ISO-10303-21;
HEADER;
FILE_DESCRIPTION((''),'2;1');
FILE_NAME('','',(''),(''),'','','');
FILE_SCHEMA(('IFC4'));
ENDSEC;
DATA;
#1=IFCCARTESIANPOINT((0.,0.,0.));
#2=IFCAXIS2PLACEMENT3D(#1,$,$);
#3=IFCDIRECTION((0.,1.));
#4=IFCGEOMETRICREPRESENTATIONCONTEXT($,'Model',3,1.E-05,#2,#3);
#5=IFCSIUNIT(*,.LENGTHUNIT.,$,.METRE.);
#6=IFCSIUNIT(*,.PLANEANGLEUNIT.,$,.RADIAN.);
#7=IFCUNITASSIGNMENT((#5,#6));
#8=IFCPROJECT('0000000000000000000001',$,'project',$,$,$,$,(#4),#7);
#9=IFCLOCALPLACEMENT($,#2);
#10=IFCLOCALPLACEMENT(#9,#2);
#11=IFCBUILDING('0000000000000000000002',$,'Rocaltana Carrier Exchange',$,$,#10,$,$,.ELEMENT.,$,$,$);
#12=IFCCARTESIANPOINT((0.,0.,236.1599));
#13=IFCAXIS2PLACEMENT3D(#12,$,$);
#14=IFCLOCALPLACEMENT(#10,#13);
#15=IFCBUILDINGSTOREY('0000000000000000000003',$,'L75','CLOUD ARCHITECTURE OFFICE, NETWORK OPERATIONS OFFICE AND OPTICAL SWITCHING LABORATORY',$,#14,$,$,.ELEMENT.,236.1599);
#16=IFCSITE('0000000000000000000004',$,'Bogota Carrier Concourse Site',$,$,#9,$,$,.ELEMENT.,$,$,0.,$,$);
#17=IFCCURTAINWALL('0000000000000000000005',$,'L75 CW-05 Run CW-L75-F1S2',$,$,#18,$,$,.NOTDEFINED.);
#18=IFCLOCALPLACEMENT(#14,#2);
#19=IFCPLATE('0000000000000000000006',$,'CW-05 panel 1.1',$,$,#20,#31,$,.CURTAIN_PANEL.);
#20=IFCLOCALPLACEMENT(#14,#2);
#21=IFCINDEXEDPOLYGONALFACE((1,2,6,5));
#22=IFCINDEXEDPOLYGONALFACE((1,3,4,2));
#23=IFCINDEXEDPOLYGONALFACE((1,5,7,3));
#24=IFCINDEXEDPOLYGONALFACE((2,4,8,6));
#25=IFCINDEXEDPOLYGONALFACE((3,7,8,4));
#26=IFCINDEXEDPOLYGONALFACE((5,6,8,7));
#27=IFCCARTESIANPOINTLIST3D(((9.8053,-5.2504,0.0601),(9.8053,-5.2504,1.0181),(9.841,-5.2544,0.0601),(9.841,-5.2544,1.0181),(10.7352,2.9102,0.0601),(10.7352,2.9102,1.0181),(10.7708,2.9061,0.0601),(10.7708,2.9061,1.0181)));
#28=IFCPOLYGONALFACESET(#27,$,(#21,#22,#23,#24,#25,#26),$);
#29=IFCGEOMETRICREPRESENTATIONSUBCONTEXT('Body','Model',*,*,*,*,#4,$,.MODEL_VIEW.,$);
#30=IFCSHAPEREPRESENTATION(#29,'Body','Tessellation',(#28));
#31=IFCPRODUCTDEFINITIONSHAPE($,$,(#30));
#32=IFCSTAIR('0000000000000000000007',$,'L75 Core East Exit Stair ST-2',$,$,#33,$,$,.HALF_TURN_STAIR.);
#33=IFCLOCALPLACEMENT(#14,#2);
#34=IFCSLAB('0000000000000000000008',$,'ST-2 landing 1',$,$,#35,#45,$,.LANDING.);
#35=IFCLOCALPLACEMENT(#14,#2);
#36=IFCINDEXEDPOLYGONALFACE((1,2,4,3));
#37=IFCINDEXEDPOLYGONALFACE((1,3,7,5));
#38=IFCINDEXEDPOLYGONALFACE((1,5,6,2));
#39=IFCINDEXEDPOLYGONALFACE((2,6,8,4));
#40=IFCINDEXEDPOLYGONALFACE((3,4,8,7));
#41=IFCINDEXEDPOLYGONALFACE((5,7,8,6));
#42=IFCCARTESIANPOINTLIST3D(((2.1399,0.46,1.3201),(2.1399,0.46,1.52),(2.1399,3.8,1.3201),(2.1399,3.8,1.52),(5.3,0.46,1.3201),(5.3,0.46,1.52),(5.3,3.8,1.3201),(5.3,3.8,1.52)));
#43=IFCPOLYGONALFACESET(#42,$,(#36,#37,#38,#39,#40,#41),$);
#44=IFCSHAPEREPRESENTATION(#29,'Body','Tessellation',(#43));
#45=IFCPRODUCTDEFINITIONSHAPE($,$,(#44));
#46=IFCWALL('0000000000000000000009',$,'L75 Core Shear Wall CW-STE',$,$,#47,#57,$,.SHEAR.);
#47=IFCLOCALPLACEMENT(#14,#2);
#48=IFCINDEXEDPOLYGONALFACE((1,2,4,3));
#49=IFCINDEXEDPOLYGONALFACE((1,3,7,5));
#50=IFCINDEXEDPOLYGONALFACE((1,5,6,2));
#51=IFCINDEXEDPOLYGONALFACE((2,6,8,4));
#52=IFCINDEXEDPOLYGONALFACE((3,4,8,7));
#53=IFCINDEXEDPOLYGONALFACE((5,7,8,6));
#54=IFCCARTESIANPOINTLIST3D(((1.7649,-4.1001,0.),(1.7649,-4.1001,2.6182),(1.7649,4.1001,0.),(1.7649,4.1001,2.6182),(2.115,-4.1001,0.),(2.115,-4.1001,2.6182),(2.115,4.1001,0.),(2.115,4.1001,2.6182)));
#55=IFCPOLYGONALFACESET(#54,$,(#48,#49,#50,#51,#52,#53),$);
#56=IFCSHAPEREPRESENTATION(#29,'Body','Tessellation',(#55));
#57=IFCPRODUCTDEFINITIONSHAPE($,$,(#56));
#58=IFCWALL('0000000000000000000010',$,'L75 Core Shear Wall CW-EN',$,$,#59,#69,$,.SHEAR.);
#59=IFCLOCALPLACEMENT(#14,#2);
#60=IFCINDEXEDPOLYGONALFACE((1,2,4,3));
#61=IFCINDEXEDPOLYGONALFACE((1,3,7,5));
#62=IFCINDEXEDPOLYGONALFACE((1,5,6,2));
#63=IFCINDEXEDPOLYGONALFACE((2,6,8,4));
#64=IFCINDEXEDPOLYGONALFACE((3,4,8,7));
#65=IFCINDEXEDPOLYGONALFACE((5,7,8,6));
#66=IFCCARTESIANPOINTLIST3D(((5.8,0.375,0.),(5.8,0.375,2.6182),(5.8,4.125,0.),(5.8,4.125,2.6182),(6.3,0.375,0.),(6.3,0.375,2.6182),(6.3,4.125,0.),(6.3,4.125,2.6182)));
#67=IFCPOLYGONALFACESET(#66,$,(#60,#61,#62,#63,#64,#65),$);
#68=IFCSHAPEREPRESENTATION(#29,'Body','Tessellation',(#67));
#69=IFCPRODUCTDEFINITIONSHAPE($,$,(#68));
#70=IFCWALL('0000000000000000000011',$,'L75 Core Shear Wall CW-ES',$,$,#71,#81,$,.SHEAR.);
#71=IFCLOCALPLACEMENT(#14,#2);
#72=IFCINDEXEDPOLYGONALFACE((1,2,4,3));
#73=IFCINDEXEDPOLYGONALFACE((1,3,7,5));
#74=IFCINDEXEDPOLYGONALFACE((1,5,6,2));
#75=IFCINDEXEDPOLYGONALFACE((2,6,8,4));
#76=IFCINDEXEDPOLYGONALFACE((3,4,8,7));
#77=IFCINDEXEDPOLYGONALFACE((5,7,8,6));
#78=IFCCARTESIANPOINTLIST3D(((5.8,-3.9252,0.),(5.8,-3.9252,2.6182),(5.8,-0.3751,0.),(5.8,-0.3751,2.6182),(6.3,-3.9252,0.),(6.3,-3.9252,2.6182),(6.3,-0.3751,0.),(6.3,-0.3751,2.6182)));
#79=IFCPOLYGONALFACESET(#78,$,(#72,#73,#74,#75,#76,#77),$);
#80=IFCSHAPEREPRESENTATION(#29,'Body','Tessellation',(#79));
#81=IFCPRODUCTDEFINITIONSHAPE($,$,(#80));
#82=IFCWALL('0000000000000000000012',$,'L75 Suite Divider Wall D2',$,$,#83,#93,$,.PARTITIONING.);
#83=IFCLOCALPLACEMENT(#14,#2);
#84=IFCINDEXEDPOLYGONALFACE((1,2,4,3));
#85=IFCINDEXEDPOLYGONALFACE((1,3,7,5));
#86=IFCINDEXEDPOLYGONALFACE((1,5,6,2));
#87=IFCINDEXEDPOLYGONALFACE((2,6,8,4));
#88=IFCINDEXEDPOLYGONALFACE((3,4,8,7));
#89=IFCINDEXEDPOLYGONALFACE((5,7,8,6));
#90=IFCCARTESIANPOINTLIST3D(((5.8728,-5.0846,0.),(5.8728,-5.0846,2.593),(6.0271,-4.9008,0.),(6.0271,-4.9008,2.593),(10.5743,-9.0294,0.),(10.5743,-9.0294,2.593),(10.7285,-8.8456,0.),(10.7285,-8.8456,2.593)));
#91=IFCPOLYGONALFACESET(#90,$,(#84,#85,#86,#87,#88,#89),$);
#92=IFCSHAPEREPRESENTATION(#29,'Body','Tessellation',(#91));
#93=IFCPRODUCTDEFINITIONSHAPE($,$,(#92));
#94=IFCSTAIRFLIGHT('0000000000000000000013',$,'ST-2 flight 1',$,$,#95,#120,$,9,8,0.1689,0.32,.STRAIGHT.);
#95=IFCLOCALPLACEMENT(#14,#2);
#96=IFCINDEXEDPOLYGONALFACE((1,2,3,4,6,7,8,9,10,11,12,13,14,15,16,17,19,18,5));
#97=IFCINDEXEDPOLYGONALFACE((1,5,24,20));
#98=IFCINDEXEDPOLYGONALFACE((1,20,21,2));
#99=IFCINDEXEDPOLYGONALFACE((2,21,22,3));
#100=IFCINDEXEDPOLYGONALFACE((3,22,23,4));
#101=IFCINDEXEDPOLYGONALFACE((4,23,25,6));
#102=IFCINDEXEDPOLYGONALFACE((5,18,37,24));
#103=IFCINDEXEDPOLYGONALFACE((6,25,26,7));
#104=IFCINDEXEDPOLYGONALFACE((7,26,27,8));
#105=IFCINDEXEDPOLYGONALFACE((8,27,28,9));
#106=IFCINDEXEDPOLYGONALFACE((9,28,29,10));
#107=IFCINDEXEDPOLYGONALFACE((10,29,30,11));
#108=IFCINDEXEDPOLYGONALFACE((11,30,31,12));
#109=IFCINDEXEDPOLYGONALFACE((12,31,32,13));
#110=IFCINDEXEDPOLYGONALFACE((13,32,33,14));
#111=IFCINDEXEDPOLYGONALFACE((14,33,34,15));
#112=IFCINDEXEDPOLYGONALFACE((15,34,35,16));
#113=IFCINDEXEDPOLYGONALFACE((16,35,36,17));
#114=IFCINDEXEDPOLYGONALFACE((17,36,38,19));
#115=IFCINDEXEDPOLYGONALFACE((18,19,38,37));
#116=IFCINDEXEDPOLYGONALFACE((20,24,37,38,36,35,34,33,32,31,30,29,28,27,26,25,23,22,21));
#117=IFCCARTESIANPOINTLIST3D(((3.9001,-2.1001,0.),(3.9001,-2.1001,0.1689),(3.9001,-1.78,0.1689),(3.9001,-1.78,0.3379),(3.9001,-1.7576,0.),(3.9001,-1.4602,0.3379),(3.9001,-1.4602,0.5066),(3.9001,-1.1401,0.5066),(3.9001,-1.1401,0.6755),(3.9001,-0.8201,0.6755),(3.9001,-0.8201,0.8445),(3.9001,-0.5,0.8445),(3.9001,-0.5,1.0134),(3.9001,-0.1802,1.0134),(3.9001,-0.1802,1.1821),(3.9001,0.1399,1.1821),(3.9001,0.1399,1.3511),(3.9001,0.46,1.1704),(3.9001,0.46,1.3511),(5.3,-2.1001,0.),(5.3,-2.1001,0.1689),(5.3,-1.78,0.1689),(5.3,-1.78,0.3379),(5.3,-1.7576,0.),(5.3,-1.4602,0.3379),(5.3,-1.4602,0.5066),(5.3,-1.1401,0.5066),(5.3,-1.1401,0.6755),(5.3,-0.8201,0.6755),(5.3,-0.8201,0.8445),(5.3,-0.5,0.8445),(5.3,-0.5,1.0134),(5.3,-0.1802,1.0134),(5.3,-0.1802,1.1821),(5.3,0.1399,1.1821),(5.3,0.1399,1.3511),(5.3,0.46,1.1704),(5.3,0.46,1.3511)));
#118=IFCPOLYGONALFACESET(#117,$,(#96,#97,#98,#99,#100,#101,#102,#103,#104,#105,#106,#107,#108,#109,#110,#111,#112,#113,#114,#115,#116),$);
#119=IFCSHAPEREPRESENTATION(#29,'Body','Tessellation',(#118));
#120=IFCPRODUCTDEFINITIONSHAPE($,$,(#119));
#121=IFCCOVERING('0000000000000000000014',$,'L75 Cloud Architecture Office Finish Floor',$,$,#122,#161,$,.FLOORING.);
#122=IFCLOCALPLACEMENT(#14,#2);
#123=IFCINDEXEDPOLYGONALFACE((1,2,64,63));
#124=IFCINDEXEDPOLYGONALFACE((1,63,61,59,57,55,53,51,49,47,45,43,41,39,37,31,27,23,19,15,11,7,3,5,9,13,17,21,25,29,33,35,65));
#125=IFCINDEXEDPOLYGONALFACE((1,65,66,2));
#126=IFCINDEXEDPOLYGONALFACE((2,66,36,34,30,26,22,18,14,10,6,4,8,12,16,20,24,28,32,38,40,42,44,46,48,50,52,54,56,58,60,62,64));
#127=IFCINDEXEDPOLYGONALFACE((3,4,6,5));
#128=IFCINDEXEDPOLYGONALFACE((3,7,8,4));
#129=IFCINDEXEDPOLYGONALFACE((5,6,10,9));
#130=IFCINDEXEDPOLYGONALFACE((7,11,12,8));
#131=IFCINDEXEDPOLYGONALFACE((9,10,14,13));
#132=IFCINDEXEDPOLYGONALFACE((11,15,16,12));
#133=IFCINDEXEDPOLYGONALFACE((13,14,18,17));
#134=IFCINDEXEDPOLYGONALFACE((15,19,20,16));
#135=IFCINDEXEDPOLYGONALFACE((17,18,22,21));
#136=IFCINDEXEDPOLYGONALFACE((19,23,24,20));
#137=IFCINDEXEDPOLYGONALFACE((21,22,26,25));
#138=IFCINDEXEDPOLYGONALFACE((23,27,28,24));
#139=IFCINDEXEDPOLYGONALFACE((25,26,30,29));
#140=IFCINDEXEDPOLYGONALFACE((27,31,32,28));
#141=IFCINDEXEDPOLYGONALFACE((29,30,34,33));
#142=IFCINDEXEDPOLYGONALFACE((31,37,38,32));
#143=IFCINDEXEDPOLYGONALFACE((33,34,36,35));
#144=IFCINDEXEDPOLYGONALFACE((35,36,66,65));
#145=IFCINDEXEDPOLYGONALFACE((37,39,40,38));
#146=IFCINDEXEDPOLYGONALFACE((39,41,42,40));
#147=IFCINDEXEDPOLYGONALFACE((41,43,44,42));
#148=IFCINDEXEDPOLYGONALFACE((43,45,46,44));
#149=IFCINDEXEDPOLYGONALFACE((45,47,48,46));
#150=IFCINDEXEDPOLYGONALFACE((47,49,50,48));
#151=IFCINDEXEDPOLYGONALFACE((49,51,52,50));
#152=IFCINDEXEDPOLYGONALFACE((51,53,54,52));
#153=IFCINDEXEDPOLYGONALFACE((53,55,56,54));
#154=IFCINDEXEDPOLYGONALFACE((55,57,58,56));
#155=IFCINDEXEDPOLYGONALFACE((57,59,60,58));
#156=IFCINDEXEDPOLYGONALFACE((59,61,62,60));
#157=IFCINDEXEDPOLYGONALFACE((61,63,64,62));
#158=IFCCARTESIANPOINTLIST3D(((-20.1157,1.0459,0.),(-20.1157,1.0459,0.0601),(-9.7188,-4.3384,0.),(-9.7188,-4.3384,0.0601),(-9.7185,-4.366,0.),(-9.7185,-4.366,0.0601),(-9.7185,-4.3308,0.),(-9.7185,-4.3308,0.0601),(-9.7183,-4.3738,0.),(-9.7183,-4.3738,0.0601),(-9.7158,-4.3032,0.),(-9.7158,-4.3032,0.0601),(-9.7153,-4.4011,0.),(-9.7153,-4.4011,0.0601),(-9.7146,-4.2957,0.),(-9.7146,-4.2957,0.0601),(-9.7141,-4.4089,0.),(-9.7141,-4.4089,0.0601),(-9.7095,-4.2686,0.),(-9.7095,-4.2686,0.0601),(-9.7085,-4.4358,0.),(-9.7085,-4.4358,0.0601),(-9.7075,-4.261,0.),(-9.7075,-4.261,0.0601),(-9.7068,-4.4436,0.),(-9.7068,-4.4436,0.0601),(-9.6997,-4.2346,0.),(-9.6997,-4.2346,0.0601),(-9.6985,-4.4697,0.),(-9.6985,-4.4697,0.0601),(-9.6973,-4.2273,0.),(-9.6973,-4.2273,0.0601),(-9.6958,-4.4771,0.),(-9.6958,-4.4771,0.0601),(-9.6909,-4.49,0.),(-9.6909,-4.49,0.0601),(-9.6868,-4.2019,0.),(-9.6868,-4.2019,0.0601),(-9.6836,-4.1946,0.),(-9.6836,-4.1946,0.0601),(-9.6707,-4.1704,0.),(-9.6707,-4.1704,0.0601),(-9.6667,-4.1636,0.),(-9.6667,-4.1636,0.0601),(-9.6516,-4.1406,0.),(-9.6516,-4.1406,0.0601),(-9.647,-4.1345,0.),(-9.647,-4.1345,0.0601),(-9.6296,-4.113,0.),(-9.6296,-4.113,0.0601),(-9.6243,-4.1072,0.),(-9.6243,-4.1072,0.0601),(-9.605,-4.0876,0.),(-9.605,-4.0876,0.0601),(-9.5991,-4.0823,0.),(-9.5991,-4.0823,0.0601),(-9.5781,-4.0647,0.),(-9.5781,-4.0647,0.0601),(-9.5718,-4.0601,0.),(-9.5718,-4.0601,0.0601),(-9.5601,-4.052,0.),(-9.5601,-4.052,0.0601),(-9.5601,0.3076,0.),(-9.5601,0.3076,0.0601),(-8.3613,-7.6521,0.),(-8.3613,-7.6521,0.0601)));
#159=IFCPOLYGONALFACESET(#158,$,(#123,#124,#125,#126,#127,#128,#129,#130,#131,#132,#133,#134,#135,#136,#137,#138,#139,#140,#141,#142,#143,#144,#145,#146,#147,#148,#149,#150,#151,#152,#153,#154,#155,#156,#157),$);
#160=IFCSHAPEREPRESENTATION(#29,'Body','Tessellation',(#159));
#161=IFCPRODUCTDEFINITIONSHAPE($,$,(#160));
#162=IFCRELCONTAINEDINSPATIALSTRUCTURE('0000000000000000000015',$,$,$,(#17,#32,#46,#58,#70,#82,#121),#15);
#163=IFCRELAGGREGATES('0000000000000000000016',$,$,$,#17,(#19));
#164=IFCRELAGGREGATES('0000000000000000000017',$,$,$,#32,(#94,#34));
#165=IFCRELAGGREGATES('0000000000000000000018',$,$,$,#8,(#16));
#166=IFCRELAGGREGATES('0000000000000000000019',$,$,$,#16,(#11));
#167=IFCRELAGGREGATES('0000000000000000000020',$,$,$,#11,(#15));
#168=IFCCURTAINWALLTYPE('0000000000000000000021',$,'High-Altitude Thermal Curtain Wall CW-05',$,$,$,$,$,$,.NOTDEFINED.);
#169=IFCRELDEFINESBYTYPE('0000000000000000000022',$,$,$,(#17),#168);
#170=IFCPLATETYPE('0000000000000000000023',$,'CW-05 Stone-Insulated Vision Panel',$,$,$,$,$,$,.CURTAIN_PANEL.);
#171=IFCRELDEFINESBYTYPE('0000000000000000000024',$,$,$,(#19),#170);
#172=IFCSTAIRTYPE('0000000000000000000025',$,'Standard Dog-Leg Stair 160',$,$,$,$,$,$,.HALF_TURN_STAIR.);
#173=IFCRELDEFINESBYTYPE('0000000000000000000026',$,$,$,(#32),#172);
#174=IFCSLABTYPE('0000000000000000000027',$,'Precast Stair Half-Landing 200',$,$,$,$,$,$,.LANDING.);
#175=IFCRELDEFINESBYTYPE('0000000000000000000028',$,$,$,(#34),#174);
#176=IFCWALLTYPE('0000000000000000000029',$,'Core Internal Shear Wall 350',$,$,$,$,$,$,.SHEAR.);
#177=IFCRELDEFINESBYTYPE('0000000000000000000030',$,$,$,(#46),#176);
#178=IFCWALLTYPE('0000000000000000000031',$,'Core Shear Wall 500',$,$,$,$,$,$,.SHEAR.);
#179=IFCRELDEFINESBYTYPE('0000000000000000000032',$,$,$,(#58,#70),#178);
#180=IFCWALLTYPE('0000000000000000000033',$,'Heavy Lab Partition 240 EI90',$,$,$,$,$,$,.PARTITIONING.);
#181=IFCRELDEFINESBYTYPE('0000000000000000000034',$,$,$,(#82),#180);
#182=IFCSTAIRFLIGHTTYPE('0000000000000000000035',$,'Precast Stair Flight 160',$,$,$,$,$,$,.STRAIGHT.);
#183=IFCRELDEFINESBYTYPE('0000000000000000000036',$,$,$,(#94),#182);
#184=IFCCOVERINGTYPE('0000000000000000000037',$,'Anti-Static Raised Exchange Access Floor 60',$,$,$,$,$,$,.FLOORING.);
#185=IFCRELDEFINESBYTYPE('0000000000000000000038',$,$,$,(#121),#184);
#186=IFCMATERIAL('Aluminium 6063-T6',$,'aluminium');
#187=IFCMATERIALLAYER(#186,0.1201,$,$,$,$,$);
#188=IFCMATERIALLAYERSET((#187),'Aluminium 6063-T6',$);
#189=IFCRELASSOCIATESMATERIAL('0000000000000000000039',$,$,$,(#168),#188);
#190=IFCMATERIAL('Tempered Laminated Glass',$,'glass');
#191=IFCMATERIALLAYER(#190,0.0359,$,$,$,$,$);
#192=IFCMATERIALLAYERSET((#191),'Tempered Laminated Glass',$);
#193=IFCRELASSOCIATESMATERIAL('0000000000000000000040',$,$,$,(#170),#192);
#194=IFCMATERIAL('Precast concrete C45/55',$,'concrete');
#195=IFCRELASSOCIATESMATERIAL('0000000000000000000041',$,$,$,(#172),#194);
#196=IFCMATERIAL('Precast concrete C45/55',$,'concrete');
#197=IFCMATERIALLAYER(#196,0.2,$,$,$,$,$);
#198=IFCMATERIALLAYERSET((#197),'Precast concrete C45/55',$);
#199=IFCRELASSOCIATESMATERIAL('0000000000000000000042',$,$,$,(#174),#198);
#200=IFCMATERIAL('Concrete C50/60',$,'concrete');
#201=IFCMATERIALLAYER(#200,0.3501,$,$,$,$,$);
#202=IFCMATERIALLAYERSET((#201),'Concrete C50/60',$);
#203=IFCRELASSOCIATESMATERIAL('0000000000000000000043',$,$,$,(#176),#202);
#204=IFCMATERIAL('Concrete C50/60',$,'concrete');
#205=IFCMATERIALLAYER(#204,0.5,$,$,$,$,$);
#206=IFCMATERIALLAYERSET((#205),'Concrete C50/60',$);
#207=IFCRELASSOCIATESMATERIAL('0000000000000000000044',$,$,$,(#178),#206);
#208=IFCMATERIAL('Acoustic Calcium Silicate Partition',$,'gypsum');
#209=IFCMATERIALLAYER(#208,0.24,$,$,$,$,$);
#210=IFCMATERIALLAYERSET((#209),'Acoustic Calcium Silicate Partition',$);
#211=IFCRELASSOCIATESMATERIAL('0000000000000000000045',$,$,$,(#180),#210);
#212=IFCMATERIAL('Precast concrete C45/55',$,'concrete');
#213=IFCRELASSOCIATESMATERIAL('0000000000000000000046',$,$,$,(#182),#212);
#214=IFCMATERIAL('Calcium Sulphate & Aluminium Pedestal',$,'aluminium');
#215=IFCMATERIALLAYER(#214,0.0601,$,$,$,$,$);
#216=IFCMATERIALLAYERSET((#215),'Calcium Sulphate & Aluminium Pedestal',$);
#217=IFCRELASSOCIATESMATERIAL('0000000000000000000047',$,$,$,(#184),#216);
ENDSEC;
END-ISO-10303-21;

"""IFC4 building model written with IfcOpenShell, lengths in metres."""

from ifc_helpers import new_model, si_unit, direction, frame, frame_2d, origin, origin_2d, place, context, subcontext, project, spatial, polyline, rectangle, outline, extrude, material, layer, layer_set, type_object, element, aggregate, save


model = new_model("IFC4")

# Units and contexts
model_context = context("Model", 3, precision=1e-05, world=origin(), true_north=direction((0.0, 1.0)))
body_context = subcontext(model_context, "Body", "Model", "MODEL_VIEW")
ifc_project = project(units=[si_unit("LENGTHUNIT", "METRE"), si_unit("PLANEANGLEUNIT", "RADIAN")], contexts=[model_context])

# Site, building, storey
site_placement = place(None, origin())
site = spatial("IfcSite", under=ifc_project, at=site_placement, Name="Bogota Carrier Concourse Site", CompositionType="ELEMENT", RefElevation=0.0)
building_placement = place(site_placement, origin())
building = spatial("IfcBuilding", under=site, at=building_placement, Name="Rocaltana Carrier Exchange", CompositionType="ELEMENT")
storey_placement = place(building_placement, frame((0.0, 0.0, 236.1599)))
storey = spatial("IfcBuildingStorey", under=building, at=storey_placement, Name="L75", Description="CLOUD ARCHITECTURE OFFICE, NETWORK OPERATIONS OFFICE AND OPTICAL SWITCHING LABORATORY", CompositionType="ELEMENT", Elevation=236.1599)

# Curtain wall
ifc_material_1 = material(Name="Aluminium 6063-T6", Category="aluminium")
ifc_layer_1 = layer(ifc_material_1, 0.1201)
ifc_layer_set_1 = layer_set([ifc_layer_1], Name="Aluminium 6063-T6")
curtain_wall_type = type_object("IfcCurtainWallType", Name="High-Altitude Thermal Curtain Wall CW-05", PredefinedType="NOTDEFINED", material=ifc_layer_set_1)
curtain_wall_placement = place(storey_placement, origin())
curtain_wall = element("IfcCurtainWall", 1, at=curtain_wall_placement, inside=storey, type_object=curtain_wall_type, Name="L75 CW-05 Run CW-L75-F1S2", PredefinedType="NOTDEFINED")

# Plate
ifc_material_2 = material(Name="Tempered Laminated Glass", Category="glass")
ifc_layer_2 = layer(ifc_material_2, 0.0359)
ifc_layer_set_2 = layer_set([ifc_layer_2], Name="Tempered Laminated Glass")
plate_type = type_object("IfcPlateType", Name="CW-05 Stone-Insulated Vision Panel", PredefinedType="CURTAIN_PANEL", material=ifc_layer_set_2)
plate_placement = place(storey_placement, frame((10.2881, -1.1721, 0.0601), z_axis=(0.0, 0.0, 1.0), x_axis=(0.113209, 0.993571, 0.0)))
plate = element("IfcPlate", 2, at=plate_placement, type_object=plate_type, Name="CW-05 panel 1.1", PredefinedType="CURTAIN_PANEL", context=body_context, shape_type="SweptSolid", body=[
    extrude(rectangle(XDim=8.2134, YDim=0.0359, at=origin_2d()), origin(), (0.0, 0.0, 1.0), 0.958),
])
aggregate(curtain_wall, [plate])

# Stair, slab
ifc_material_3 = material(Name="Precast concrete C45/55", Category="concrete")
stair_type = type_object("IfcStairType", Name="Standard Dog-Leg Stair 160", PredefinedType="HALF_TURN_STAIR", material=ifc_material_3)
stair_placement = place(storey_placement, origin())
stair = element("IfcStair", 3, at=stair_placement, inside=storey, type_object=stair_type, Name="L75 Core East Exit Stair ST-2", PredefinedType="HALF_TURN_STAIR")
ifc_material_4 = material(Name="Precast concrete C45/55", Category="concrete")
ifc_layer_3 = layer(ifc_material_4, 0.2)
ifc_layer_set_3 = layer_set([ifc_layer_3], Name="Precast concrete C45/55")
slab_type = type_object("IfcSlabType", Name="Precast Stair Half-Landing 200", PredefinedType="LANDING", material=ifc_layer_set_3)
slab_placement = place(storey_placement, frame((0.0, 0.0, 1.3201)))
slab = element("IfcSlab", 4, at=slab_placement, type_object=slab_type, Name="ST-2 landing 1", PredefinedType="LANDING", context=body_context, shape_type="SweptSolid", body=[
    extrude(outline(polyline([(5.3, 0.46), (5.3, 3.8), (2.1399, 3.8), (2.1399, 0.46), (5.3, 0.46)])), origin(), (0.0, 0.0, 1.0), 0.2),
])

# Walls
ifc_material_5 = material(Name="Concrete C50/60", Category="concrete")
ifc_layer_4 = layer(ifc_material_5, 0.3501)
ifc_layer_set_4 = layer_set([ifc_layer_4], Name="Concrete C50/60")
wall_type_1 = type_object("IfcWallType", Name="Core Internal Shear Wall 350", PredefinedType="SHEAR", material=ifc_layer_set_4)
wall_1_placement = place(storey_placement, frame((1.9399, -4.1001, 0.0), z_axis=(0.0, 0.0, 1.0), x_axis=(0.0, 1.0, 0.0)))
element("IfcWall", 5, at=wall_1_placement, inside=storey, type_object=wall_type_1, Name="L75 Core Shear Wall CW-STE", PredefinedType="SHEAR", context=body_context, shape_type="SweptSolid", body=[
    extrude(rectangle(XDim=8.2002, YDim=0.3501, at=frame_2d((4.1001, 0.0))), origin(), (0.0, 0.0, 1.0), 2.6182),
])
ifc_material_6 = material(Name="Concrete C50/60", Category="concrete")
ifc_layer_5 = layer(ifc_material_6, 0.5)
ifc_layer_set_5 = layer_set([ifc_layer_5], Name="Concrete C50/60")
wall_type_2 = type_object("IfcWallType", Name="Core Shear Wall 500", PredefinedType="SHEAR", material=ifc_layer_set_5)
wall_2_placement = place(storey_placement, frame((6.05, 0.375, 0.0), z_axis=(0.0, 0.0, 1.0), x_axis=(0.0, 1.0, 0.0)))
element("IfcWall", 6, at=wall_2_placement, inside=storey, type_object=wall_type_2, Name="L75 Core Shear Wall CW-EN", PredefinedType="SHEAR", context=body_context, shape_type="SweptSolid", body=[
    extrude(rectangle(XDim=3.75, YDim=0.5, at=frame_2d((1.875, 0.0))), origin(), (0.0, 0.0, 1.0), 2.6182),
])
wall_3_placement = place(storey_placement, frame((6.05, -3.925, 0.0), z_axis=(0.0, 0.0, 1.0), x_axis=(0.0, 1.0, 0.0)))
element("IfcWall", 7, at=wall_3_placement, inside=storey, type_object=wall_type_2, Name="L75 Core Shear Wall CW-ES", PredefinedType="SHEAR", context=body_context, shape_type="SweptSolid", body=[
    extrude(rectangle(XDim=3.55, YDim=0.5, at=frame_2d((1.7749, 0.0))), origin(), (0.0, 0.0, 1.0), 2.6182),
])
ifc_material_7 = material(Name="Acoustic Calcium Silicate Partition", Category="gypsum")
ifc_layer_6 = layer(ifc_material_7, 0.24)
ifc_layer_set_6 = layer_set([ifc_layer_6], Name="Acoustic Calcium Silicate Partition")
wall_type_3 = type_object("IfcWallType", Name="Heavy Lab Partition 240 EI90", PredefinedType="PARTITIONING", material=ifc_layer_set_6)
wall_4_placement = place(storey_placement, frame((5.95, -4.9927, 0.0), z_axis=(0.0, 0.0, 1.0), x_axis=(0.766055, -0.642775, 0.0)))
element("IfcWall", 8, at=wall_4_placement, inside=storey, type_object=wall_type_3, Name="L75 Suite Divider Wall D2", PredefinedType="PARTITIONING", context=body_context, shape_type="SweptSolid", body=[
    extrude(rectangle(XDim=6.1372, YDim=0.24, at=frame_2d((3.0686, 0.0))), origin(), (0.0, 0.0, 1.0), 2.593),
])

# Stair flight
ifc_material_8 = material(Name="Precast concrete C45/55", Category="concrete")
stair_flight_type = type_object("IfcStairFlightType", Name="Precast Stair Flight 160", PredefinedType="STRAIGHT", material=ifc_material_8)
stair_flight_placement = place(storey_placement, frame((4.6001, -2.1001, 0.0), z_axis=(0.0, 0.0, 1.0), x_axis=(0.0, 1.0, 0.0)))
stair_flight = element("IfcStairFlight", 9, at=stair_flight_placement, type_object=stair_flight_type, Name="ST-2 flight 1", NumberOfRisers=9, NumberOfTreads=8, PredefinedType="STRAIGHT", RiserHeight=0.1689, TreadLength=0.32, context=body_context, shape_type="SweptSolid", body=[
    extrude(outline(polyline([(0.0, 0.0), (0.0, 0.1689), (0.3201, 0.1689), (0.3201, 0.3379), (0.6399, 0.3379), (0.6399, 0.5066), (0.96, 0.5066), (0.96, 0.6755), (1.28, 0.6755), (1.28, 0.8445), (1.6001, 0.8445), (1.6001, 1.0134), (1.9199, 1.0134), (1.9199, 1.1821), (2.24, 1.1821), (2.24, 1.3511), (2.5601, 1.3511), (2.5601, 1.52), (2.5601, 1.1704), (0.3425, 0.0), (0.0, 0.0)])), frame((0.0, 0.7, 0.0), z_axis=(0.0, -1.0, 0.0), x_axis=(1.0, 0.0, 0.0)), (0.0, 0.0, 1.0), 1.3999),
])
aggregate(stair, [stair_flight, slab])

# Covering
ifc_material_9 = material(Name="Calcium Sulphate & Aluminium Pedestal", Category="aluminium")
ifc_layer_7 = layer(ifc_material_9, 0.0601)
ifc_layer_set_7 = layer_set([ifc_layer_7], Name="Calcium Sulphate & Aluminium Pedestal")
covering_type_1 = type_object("IfcCoveringType", Name="Anti-Static Raised Exchange Access Floor 60", PredefinedType="FLOORING", material=ifc_layer_set_7)
covering_1_placement = place(storey_placement, origin())
element("IfcCovering", 10, at=covering_1_placement, inside=storey, type_object=covering_type_1, Name="L75 Cloud Architecture Office Finish Floor", PredefinedType="FLOORING", context=body_context, shape_type="SweptSolid", body=[
    extrude(outline(polyline([(-20.1157, 1.0459), (-9.5601, 0.3076), (-9.5601, -4.052), (-9.5718, -4.0601), (-9.5781, -4.0647), (-9.5991, -4.0823), (-9.605, -4.0876), (-9.6243, -4.1072), (-9.6296, -4.113), (-9.647, -4.1345), (-9.6516, -4.1406), (-9.6667, -4.1636), (-9.6707, -4.1704), (-9.6836, -4.1946), (-9.6868, -4.2019), (-9.6973, -4.2273), (-9.6997, -4.2346), (-9.7075, -4.261), (-9.7095, -4.2686), (-9.7146, -4.2957), (-9.7158, -4.3032), (-9.7185, -4.3308), (-9.7188, -4.3384), (-9.7185, -4.366), (-9.7183, -4.3738), (-9.7153, -4.4011), (-9.7141, -4.4089), (-9.7085, -4.4358), (-9.7068, -4.4436), (-9.6985, -4.4697), (-9.6958, -4.4771), (-9.6909, -4.49), (-8.3613, -7.6521), (-20.1157, 1.0459)])), origin(), (0.0, 0.0, 1.0), 0.0601),
])

save(model, "model.ifc")
